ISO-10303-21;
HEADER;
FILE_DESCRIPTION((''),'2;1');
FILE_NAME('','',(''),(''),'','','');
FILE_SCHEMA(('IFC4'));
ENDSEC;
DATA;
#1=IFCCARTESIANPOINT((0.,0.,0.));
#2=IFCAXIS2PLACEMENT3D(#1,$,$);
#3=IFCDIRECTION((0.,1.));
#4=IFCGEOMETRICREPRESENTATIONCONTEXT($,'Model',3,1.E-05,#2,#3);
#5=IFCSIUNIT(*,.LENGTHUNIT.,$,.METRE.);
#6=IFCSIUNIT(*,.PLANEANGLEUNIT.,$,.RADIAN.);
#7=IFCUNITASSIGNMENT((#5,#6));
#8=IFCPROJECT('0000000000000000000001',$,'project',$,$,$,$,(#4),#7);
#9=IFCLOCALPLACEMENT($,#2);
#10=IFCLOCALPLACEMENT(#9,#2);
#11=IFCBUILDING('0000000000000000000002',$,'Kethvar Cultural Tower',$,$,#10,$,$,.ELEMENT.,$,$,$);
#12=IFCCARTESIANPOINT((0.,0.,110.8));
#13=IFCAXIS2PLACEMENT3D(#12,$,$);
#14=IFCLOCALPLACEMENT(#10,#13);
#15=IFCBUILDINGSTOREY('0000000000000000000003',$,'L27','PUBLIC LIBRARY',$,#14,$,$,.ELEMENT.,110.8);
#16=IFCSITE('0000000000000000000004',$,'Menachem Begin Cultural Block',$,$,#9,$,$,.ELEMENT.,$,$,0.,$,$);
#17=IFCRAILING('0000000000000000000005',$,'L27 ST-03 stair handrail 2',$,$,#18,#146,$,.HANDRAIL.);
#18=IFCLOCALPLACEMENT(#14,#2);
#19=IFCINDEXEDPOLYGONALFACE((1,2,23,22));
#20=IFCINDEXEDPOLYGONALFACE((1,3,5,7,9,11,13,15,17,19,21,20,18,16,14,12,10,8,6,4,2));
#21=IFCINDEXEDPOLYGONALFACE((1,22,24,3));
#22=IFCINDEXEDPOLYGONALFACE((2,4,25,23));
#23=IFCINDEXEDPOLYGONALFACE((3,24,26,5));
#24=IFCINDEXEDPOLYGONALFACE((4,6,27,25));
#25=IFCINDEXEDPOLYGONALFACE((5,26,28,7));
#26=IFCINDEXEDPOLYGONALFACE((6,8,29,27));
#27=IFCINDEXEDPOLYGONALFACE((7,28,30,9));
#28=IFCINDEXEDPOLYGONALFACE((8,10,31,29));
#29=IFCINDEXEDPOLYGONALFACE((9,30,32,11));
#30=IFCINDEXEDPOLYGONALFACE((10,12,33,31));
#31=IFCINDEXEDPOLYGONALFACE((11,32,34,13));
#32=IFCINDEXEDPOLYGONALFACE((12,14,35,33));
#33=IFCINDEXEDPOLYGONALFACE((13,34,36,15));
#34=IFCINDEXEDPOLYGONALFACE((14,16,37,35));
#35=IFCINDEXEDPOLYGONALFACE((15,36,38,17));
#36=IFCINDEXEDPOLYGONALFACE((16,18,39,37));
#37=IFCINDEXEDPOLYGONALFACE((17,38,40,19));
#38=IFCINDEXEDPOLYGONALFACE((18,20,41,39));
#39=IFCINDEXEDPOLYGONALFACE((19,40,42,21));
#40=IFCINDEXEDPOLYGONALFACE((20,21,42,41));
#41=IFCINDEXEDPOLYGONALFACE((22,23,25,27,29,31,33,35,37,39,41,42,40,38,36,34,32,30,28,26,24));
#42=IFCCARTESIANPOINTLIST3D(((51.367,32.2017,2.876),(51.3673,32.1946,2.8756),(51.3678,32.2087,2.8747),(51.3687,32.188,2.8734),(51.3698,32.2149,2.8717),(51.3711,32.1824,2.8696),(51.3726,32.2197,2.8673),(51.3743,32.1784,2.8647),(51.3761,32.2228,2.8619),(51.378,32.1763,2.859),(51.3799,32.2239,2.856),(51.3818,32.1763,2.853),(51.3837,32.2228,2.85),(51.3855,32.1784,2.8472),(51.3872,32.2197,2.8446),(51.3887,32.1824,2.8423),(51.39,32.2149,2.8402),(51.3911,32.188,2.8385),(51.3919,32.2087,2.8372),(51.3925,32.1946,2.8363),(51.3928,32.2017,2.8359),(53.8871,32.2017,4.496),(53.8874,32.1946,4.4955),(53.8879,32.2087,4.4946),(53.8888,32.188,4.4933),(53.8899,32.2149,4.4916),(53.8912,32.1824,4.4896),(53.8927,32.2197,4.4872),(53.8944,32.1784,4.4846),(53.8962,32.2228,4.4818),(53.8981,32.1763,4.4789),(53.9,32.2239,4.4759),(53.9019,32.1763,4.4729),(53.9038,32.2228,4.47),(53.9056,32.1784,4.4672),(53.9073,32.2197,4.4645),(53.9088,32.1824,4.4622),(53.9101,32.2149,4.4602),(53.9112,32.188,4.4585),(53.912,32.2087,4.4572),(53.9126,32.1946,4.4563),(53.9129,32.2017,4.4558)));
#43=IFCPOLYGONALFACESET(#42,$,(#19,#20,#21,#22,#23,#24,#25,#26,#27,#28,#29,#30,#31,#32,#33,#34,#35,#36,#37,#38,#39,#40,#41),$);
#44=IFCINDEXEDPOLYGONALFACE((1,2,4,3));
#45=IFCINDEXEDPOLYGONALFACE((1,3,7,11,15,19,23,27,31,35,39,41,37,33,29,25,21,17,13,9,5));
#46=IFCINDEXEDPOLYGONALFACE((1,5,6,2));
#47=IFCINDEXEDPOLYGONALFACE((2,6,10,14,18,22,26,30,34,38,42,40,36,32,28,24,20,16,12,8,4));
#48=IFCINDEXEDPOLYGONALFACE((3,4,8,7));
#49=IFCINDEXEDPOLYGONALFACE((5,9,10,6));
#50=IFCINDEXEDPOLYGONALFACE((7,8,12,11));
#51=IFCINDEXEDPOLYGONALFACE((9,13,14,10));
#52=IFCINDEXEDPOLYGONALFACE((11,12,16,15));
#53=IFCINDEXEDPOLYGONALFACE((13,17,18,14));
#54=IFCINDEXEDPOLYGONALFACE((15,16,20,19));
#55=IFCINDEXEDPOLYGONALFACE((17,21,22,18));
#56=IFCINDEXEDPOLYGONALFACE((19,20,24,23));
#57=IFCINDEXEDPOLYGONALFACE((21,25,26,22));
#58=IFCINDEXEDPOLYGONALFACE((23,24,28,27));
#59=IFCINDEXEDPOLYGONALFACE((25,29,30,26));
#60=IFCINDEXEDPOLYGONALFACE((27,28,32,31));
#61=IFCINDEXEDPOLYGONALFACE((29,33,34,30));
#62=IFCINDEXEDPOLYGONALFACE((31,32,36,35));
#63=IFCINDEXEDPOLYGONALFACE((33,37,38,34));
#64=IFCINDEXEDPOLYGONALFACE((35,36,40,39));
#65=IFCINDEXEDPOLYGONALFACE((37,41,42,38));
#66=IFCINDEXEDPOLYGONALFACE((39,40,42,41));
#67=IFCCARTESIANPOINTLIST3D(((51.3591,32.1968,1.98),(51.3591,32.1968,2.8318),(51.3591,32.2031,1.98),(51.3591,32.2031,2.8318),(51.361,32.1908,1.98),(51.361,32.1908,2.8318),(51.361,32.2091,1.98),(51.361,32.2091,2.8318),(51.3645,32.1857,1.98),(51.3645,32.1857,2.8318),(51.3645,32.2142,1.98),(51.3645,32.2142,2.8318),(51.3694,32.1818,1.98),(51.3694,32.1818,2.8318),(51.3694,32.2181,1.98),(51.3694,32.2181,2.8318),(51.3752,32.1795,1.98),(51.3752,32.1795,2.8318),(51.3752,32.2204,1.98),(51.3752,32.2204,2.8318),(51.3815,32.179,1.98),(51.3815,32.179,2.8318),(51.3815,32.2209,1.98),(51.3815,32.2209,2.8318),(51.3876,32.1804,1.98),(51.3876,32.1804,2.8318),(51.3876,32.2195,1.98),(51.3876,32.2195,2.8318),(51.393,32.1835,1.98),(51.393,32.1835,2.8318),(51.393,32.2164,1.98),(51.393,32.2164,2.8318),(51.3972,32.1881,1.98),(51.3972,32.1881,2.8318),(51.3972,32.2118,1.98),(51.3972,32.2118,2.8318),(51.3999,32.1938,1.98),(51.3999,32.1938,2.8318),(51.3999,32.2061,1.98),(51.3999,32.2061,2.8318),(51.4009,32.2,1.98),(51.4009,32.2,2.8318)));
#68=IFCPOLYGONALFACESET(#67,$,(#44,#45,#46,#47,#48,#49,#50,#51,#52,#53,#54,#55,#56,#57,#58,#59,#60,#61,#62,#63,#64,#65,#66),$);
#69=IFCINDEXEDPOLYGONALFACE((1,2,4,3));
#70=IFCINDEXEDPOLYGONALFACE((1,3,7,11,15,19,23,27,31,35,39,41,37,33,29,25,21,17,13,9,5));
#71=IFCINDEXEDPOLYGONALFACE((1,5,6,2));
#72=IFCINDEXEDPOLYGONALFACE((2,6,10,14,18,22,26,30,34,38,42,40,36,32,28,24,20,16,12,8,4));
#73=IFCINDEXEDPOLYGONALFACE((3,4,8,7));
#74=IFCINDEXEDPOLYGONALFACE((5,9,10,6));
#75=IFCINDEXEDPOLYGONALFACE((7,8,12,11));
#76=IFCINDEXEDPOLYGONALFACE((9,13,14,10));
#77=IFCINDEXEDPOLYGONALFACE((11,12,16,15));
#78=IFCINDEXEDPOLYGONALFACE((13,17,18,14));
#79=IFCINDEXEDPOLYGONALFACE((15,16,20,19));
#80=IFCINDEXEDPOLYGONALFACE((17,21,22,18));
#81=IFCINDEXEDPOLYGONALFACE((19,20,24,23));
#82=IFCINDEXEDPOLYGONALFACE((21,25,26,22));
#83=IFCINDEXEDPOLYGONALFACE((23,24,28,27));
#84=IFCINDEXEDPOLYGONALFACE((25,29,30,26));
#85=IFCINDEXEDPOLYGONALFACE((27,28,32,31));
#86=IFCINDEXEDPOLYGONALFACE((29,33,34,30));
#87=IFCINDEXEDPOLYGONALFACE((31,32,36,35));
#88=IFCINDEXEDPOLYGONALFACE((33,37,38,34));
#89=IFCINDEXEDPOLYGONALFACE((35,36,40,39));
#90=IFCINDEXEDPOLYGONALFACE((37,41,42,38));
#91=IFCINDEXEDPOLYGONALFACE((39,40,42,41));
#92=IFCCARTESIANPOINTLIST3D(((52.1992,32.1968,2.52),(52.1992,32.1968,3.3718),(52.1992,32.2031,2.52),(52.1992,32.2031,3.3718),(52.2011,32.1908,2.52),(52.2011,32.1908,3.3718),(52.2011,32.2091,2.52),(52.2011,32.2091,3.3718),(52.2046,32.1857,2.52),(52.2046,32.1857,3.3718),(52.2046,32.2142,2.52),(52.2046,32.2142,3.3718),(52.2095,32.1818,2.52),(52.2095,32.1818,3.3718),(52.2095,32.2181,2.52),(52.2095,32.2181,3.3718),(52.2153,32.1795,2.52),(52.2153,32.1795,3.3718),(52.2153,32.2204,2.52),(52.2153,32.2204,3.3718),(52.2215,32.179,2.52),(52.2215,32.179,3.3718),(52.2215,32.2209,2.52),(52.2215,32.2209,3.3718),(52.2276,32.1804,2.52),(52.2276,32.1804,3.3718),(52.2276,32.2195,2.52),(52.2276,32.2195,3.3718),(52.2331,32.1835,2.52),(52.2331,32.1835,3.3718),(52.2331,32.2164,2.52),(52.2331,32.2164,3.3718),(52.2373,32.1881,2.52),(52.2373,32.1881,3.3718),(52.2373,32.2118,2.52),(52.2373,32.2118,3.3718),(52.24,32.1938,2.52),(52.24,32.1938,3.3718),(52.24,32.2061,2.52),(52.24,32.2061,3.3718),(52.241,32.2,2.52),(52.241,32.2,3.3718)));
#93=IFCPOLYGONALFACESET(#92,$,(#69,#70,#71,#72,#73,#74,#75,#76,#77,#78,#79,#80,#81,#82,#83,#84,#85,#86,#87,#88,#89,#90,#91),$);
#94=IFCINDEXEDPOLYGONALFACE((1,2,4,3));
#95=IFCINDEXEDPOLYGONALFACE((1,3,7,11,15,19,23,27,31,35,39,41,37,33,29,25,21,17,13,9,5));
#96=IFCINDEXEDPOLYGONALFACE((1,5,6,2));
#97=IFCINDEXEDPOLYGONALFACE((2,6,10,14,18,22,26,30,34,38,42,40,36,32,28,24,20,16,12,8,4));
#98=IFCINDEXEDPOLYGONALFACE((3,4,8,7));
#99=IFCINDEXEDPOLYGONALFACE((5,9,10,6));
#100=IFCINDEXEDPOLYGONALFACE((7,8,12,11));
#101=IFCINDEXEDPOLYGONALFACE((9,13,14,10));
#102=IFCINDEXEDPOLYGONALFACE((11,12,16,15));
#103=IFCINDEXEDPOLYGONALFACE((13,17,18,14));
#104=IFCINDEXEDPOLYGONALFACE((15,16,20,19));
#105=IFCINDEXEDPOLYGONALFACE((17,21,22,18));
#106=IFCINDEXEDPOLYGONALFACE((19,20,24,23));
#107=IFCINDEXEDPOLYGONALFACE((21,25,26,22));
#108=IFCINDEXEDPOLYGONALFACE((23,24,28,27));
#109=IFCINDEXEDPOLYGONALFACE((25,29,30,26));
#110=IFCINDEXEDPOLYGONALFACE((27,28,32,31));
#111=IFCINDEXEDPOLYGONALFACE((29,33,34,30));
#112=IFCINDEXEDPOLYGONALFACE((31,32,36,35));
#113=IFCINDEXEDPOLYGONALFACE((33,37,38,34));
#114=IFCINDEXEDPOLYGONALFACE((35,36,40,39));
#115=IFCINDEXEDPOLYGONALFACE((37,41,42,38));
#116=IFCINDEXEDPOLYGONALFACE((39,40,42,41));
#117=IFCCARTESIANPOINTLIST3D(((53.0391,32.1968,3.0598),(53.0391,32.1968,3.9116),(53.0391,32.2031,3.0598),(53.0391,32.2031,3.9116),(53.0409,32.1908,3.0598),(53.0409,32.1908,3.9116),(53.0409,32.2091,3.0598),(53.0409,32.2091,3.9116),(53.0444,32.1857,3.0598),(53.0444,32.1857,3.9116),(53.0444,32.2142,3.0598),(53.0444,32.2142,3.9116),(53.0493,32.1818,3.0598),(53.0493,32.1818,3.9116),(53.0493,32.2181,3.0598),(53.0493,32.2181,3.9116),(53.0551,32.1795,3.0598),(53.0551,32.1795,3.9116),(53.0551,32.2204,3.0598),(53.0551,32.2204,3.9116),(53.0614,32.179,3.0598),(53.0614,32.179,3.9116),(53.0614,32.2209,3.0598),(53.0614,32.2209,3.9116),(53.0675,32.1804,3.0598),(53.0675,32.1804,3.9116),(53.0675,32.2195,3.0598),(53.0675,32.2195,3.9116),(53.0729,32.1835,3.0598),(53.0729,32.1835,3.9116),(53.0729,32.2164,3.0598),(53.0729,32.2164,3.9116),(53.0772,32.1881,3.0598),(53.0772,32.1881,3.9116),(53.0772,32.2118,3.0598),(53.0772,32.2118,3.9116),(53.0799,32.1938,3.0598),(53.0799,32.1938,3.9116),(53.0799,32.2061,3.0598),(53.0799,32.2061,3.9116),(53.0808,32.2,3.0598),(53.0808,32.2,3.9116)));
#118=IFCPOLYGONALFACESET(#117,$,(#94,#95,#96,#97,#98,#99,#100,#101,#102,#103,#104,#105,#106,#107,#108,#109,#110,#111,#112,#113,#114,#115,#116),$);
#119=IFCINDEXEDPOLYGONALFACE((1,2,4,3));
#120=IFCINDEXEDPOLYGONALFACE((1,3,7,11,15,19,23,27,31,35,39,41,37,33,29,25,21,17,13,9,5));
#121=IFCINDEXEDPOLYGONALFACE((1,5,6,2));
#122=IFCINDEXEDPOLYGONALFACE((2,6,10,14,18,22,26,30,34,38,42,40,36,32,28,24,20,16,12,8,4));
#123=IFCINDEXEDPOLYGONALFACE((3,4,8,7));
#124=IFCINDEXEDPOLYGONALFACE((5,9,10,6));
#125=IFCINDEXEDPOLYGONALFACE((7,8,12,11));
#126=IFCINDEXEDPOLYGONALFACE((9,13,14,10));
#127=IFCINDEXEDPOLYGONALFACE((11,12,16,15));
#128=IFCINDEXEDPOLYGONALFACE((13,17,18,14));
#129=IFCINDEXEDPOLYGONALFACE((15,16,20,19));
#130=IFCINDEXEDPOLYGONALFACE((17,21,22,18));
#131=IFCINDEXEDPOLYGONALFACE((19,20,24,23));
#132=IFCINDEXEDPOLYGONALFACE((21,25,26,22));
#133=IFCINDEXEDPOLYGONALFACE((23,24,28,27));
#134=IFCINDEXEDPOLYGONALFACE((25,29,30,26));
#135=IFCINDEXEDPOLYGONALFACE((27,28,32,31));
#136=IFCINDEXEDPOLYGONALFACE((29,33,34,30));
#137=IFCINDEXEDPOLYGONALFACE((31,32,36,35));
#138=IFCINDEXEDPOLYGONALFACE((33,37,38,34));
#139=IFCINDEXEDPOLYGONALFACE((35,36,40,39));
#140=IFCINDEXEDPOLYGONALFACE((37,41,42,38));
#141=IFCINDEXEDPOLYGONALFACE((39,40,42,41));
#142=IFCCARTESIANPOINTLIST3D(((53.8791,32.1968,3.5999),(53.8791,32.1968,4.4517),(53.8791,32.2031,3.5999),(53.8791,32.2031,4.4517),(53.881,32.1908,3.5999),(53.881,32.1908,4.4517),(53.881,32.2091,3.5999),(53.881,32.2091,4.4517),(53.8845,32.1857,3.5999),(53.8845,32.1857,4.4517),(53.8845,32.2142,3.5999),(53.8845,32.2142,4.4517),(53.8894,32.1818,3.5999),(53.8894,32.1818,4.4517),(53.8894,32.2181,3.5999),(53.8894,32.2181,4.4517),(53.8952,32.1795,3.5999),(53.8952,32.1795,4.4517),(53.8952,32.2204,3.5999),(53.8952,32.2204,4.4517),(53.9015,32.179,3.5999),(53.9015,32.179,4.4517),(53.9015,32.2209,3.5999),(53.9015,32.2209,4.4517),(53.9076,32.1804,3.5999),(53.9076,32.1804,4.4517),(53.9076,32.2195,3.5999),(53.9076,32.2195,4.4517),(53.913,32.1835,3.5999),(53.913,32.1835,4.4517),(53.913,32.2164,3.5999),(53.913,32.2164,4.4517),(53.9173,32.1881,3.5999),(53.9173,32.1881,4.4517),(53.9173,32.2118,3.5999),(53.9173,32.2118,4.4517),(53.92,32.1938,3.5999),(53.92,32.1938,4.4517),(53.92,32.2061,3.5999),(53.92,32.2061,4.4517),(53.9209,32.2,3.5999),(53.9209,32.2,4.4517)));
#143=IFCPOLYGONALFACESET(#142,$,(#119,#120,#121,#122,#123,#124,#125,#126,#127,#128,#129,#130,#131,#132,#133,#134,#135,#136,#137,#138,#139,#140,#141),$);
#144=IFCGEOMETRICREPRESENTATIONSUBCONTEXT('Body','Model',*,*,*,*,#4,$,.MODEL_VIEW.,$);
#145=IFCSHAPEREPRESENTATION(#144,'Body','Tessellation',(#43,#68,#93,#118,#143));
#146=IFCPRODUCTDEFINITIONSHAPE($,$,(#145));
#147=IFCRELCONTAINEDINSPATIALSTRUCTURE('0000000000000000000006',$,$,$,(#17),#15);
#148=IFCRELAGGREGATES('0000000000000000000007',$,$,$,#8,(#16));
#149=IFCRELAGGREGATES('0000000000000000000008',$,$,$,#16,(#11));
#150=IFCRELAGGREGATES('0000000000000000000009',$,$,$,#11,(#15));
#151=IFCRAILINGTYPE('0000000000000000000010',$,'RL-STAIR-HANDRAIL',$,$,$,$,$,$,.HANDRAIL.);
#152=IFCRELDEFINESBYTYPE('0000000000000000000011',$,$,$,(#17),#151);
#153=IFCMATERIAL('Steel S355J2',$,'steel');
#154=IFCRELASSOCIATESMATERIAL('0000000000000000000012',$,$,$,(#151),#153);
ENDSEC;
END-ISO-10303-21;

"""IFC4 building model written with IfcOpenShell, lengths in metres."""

from ifc_helpers import new_model, si_unit, direction, frame, origin, origin_2d, place, context, subcontext, project, spatial, circle, extrude, material, type_object, element, save


model = new_model("IFC4")

# Units and contexts
model_context = context("Model", 3, precision=1e-05, world=origin(), true_north=direction((0.0, 1.0)))
body_context = subcontext(model_context, "Body", "Model", "MODEL_VIEW")
ifc_project = project(units=[si_unit("LENGTHUNIT", "METRE"), si_unit("PLANEANGLEUNIT", "RADIAN")], contexts=[model_context])

# Site, building, storey
site_placement = place(None, origin())
site = spatial("IfcSite", under=ifc_project, at=site_placement, Name="Menachem Begin Cultural Block", CompositionType="ELEMENT", RefElevation=0.0)
building_placement = place(site_placement, origin())
building = spatial("IfcBuilding", under=site, at=building_placement, Name="Kethvar Cultural Tower", CompositionType="ELEMENT")
storey_placement = place(building_placement, frame((0.0, 0.0, 110.8)))
storey = spatial("IfcBuildingStorey", under=building, at=storey_placement, Name="L27", Description="PUBLIC LIBRARY", CompositionType="ELEMENT", Elevation=110.8)

# Shared definitions
ifc_material_1 = material(Name="Steel S355J2", Category="steel")

# Railing
railing_type_1 = type_object("IfcRailingType", Name="RL-STAIR-HANDRAIL", PredefinedType="HANDRAIL", material=ifc_material_1)
railing_1_placement = place(storey_placement, frame((51.3799, 32.2, 1.98)))
element("IfcRailing", 1, at=railing_1_placement, inside=storey, type_object=railing_type_1, Name="L27 ST-03 stair handrail 2", PredefinedType="HANDRAIL", context=body_context, shape_type="SweptSolid", body=[
    extrude(circle(Radius=0.0239, at=origin_2d()), frame((0.0, 0.0, 0.876), z_axis=(0.8412, 0.0, 0.540725), x_axis=(0.0, 1.0, 0.0)), (0.0, 0.0, 1.0), 2.9958),
    extrude(circle(Radius=0.021, at=origin_2d()), origin(), (0.0, 0.0, 1.0), 0.8518),
    extrude(circle(Radius=0.021, at=origin_2d()), frame((0.8401, 0.0, 0.54)), (0.0, 0.0, 1.0), 0.8518),
    extrude(circle(Radius=0.021, at=origin_2d()), frame((1.6799, 0.0, 1.0798)), (0.0, 0.0, 1.0), 0.8518),
    extrude(circle(Radius=0.021, at=origin_2d()), frame((2.52, 0.0, 1.6199)), (0.0, 0.0, 1.0), 0.8518),
])

save(model, "model.ifc")
